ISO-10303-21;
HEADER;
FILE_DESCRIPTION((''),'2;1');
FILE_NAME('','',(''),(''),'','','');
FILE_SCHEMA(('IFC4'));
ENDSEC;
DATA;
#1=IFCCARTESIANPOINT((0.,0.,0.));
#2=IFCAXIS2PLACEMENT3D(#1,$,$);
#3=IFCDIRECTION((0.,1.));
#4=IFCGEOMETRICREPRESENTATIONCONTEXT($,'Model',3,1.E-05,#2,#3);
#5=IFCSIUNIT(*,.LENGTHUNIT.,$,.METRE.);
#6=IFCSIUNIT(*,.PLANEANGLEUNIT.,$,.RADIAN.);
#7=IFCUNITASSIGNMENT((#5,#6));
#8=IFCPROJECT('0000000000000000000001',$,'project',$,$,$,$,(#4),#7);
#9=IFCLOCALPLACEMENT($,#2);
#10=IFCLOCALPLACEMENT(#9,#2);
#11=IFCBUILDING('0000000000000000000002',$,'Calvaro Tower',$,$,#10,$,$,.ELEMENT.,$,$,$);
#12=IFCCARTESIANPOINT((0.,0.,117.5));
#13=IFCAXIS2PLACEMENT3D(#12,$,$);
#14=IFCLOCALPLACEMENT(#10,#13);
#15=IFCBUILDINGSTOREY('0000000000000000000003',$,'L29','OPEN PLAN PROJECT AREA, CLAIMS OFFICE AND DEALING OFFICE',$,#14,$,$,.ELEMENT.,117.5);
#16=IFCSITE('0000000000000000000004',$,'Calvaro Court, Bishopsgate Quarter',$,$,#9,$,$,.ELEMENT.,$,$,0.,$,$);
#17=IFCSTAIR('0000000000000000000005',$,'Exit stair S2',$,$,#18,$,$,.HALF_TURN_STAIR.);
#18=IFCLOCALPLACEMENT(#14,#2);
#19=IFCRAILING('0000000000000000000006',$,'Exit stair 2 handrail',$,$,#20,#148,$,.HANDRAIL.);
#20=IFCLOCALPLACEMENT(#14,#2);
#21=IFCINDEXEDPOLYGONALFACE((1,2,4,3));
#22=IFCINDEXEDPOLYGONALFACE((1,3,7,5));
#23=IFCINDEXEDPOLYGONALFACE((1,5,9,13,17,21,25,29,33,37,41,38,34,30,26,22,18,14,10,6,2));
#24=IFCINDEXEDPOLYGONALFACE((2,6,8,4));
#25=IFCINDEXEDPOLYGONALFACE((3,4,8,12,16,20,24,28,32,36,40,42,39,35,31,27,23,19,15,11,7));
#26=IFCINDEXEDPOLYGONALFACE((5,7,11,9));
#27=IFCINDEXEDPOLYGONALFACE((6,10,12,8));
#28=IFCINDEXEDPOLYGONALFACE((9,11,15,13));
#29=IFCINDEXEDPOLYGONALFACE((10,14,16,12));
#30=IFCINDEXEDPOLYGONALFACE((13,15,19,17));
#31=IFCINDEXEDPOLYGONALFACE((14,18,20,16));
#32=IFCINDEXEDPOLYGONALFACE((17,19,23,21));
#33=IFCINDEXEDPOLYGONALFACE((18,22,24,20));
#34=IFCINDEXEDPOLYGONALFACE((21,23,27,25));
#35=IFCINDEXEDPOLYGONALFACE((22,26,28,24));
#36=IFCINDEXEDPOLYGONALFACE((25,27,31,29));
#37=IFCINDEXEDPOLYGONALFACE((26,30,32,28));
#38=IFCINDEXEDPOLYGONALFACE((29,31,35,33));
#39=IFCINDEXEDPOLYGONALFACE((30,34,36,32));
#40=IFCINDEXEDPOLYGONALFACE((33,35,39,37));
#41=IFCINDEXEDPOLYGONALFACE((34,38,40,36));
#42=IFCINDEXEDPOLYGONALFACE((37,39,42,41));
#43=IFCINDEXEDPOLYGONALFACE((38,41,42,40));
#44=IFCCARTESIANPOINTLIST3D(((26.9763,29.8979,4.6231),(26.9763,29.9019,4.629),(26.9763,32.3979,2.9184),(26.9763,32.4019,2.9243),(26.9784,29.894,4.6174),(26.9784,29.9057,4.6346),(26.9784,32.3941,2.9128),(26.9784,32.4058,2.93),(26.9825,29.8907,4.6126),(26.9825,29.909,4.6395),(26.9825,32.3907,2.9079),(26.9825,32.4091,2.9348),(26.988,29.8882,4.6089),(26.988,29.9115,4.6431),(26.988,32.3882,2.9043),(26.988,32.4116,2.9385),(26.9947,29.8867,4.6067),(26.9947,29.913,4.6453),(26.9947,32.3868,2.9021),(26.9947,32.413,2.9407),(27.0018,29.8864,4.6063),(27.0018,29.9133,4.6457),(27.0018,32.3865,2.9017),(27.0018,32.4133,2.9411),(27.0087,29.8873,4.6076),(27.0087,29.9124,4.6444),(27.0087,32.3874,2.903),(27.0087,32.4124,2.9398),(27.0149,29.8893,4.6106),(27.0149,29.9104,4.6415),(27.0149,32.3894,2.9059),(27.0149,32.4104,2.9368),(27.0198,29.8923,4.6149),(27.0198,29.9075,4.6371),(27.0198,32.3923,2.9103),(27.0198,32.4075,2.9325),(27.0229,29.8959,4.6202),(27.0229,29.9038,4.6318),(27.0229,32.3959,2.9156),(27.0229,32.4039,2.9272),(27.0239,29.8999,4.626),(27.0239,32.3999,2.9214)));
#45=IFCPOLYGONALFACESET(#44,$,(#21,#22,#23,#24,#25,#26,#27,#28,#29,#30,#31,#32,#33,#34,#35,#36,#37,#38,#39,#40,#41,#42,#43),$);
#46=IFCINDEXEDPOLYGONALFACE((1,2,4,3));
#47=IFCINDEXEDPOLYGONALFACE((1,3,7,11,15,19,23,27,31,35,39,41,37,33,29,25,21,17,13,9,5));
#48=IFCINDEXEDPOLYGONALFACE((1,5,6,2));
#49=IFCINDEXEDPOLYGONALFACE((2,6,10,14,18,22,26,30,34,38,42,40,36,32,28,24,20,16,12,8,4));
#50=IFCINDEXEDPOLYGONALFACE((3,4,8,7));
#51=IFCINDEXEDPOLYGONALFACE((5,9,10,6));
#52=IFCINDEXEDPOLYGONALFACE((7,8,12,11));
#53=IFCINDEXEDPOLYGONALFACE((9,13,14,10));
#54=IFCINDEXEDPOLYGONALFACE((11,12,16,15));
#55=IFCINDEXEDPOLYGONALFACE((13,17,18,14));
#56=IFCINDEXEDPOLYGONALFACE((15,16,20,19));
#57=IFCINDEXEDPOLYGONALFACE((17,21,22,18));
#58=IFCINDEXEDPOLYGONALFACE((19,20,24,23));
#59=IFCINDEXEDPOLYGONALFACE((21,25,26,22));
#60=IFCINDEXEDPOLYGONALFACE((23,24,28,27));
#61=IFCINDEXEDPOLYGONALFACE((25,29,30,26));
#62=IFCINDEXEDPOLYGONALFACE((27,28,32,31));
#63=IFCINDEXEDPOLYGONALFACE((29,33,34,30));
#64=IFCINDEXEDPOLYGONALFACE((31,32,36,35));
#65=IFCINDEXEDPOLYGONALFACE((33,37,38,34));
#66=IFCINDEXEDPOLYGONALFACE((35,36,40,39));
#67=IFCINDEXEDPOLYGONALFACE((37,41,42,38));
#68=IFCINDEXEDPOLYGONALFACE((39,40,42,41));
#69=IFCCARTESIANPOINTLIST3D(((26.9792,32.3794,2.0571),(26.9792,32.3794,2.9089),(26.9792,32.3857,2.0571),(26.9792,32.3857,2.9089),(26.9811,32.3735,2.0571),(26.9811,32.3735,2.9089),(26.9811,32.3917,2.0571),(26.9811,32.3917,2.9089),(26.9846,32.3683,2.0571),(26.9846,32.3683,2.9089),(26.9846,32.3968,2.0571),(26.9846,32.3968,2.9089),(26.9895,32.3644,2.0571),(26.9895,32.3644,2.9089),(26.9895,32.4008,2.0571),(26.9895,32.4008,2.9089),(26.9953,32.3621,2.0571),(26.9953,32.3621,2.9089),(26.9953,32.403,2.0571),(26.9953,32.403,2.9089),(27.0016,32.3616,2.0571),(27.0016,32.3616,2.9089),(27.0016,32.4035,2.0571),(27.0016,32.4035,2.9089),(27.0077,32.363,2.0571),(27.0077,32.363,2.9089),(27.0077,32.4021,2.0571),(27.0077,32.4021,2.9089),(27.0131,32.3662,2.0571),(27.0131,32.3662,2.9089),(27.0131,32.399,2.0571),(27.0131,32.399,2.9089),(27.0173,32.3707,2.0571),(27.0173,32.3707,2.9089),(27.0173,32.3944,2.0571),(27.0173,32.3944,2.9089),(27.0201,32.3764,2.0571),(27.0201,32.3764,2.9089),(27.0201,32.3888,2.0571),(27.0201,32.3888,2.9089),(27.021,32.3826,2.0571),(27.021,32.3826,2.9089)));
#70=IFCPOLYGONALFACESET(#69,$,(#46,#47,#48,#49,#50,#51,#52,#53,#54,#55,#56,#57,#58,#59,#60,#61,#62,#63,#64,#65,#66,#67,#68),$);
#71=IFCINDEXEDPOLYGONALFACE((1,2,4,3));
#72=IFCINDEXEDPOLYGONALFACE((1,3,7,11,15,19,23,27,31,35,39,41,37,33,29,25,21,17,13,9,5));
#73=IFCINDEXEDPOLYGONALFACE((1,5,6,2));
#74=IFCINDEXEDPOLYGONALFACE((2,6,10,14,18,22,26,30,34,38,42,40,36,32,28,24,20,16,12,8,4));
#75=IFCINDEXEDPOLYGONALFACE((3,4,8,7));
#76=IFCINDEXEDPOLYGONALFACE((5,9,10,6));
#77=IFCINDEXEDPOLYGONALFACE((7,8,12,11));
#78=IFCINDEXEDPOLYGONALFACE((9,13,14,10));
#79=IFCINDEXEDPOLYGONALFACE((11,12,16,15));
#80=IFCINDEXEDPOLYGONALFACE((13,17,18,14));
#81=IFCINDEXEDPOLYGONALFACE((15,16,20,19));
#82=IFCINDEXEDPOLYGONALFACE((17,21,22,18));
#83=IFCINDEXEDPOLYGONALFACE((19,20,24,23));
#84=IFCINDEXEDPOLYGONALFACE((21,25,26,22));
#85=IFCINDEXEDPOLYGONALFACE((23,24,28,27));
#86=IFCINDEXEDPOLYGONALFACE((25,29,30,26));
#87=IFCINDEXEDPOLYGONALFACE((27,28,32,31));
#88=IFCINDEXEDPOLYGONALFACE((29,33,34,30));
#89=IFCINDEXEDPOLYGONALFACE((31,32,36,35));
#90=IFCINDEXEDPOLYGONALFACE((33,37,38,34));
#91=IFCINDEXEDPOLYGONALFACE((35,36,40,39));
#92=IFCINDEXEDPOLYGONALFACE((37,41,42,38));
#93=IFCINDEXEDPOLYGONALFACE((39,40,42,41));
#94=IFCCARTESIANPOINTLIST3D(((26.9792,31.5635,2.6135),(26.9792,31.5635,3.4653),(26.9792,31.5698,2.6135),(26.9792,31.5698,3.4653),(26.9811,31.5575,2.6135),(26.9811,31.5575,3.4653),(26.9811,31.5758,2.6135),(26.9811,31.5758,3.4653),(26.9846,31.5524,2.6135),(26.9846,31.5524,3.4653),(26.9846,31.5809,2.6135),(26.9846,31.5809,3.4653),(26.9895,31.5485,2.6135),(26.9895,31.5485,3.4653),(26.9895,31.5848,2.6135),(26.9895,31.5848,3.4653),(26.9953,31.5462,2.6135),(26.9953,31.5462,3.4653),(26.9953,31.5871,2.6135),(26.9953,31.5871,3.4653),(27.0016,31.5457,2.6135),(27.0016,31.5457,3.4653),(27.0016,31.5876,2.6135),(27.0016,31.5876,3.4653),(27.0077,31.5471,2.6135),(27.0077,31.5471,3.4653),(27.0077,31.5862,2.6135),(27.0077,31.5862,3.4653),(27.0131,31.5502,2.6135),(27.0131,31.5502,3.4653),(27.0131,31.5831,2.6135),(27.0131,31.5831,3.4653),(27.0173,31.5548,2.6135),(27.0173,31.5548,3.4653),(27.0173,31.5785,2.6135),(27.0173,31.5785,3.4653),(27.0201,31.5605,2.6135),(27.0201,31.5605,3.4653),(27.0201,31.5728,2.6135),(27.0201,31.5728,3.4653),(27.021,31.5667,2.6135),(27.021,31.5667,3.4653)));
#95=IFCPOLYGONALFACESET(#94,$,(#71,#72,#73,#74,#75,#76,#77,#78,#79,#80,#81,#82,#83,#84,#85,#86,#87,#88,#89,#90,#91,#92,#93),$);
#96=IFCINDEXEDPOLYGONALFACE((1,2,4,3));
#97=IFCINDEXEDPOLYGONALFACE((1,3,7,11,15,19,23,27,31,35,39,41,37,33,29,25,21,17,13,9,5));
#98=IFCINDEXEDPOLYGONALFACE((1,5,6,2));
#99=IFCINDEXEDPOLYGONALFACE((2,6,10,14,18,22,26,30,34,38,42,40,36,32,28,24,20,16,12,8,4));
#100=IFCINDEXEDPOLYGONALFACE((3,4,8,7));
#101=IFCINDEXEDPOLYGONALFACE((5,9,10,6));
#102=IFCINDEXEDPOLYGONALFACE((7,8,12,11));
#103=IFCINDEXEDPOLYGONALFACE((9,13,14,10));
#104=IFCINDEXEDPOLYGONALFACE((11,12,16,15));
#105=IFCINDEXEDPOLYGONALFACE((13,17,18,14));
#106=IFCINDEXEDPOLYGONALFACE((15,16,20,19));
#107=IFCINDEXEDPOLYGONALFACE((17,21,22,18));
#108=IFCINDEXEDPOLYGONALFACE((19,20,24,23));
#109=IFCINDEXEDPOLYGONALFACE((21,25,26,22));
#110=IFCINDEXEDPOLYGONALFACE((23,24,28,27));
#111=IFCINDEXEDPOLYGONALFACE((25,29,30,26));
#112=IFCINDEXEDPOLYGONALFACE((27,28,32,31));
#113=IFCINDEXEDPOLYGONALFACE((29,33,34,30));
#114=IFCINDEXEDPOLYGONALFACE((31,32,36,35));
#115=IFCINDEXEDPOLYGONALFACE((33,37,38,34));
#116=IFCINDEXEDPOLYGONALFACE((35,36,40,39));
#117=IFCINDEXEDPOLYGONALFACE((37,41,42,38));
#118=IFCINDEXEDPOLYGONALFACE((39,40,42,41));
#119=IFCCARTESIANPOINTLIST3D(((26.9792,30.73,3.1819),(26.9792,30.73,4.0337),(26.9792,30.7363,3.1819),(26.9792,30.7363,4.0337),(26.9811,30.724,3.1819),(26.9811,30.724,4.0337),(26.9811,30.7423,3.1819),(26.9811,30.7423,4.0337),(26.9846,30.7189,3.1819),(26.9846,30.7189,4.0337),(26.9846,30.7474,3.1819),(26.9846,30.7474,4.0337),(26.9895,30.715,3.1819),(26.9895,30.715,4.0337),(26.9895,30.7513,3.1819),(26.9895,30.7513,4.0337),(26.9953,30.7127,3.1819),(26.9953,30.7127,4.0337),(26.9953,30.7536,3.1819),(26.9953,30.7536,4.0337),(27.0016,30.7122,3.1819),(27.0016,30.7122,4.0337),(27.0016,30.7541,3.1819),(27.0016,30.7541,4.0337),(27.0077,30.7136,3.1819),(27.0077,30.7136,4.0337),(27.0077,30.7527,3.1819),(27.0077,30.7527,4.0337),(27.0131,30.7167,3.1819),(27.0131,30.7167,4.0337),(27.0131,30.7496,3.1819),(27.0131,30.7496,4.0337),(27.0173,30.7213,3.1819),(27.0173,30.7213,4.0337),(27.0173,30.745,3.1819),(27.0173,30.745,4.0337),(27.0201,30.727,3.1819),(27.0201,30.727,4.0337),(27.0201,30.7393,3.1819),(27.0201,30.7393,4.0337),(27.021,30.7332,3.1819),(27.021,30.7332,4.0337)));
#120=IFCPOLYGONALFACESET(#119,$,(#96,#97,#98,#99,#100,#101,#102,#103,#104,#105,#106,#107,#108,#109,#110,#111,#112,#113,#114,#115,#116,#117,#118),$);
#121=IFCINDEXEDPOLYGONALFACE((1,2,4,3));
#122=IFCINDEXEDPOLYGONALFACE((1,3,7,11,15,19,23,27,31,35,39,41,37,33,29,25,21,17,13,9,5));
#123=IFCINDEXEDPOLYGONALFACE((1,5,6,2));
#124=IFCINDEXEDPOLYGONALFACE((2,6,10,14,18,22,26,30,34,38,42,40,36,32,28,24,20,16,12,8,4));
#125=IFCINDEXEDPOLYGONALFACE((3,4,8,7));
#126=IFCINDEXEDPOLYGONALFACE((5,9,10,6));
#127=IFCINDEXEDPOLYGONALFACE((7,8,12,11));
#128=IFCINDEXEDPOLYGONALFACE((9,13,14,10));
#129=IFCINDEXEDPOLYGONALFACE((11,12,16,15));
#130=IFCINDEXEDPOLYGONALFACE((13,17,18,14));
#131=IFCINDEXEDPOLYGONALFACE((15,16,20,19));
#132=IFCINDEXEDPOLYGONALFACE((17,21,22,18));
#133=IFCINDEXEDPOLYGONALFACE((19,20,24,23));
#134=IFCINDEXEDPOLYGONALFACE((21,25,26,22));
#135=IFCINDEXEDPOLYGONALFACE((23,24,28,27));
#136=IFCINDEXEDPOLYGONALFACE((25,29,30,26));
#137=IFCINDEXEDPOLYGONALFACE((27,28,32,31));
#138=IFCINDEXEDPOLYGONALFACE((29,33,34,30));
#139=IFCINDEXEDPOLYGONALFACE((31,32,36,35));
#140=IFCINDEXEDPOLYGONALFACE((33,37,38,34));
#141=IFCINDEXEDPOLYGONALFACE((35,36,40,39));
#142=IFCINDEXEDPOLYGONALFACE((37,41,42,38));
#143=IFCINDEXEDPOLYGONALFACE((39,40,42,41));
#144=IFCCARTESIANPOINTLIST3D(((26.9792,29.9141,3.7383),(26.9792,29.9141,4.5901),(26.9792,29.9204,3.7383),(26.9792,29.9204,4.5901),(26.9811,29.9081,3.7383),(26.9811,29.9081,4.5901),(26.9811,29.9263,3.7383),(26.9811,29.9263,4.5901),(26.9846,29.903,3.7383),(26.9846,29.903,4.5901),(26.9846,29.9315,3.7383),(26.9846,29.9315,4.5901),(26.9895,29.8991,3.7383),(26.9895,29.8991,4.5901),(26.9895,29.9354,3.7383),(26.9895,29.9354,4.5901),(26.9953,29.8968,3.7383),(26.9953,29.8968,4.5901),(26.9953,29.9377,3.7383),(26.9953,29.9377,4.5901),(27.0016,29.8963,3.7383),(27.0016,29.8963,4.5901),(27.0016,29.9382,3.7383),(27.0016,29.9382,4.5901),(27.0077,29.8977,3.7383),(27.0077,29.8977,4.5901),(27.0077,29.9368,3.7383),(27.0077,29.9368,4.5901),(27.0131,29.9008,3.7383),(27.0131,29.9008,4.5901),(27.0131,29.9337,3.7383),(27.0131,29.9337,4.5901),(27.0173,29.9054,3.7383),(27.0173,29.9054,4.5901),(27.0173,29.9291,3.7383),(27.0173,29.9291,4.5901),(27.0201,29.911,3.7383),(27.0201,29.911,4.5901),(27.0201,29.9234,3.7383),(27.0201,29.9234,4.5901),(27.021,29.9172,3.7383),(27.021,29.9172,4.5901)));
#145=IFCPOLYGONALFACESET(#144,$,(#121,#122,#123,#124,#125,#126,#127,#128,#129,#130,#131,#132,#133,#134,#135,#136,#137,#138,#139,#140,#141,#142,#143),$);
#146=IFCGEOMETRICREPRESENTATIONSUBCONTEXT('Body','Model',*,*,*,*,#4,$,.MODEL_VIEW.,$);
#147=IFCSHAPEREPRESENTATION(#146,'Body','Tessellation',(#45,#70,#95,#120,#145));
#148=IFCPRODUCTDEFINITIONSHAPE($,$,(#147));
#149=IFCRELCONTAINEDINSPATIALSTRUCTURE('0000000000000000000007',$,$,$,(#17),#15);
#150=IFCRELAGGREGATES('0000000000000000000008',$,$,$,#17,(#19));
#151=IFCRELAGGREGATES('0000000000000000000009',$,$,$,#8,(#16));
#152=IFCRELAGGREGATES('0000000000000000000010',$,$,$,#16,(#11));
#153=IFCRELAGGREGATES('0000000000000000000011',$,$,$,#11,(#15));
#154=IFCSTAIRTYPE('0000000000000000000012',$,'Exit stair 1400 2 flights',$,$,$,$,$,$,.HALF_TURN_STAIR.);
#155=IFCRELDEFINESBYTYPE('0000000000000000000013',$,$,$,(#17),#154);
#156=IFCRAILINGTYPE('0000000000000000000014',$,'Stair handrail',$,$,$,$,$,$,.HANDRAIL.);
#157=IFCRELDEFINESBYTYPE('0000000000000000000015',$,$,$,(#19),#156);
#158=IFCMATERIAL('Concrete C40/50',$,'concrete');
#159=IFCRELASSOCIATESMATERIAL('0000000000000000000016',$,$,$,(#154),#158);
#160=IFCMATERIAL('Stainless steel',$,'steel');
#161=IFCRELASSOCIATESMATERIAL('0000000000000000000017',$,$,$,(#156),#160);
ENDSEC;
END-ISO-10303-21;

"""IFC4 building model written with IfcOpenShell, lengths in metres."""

from ifc_helpers import new_model, si_unit, direction, frame, origin, origin_2d, place, context, subcontext, project, spatial, circle, extrude, material, type_object, element, aggregate, save


model = new_model("IFC4")

# Units and contexts
model_context = context("Model", 3, precision=1e-05, world=origin(), true_north=direction((0.0, 1.0)))
body_context = subcontext(model_context, "Body", "Model", "MODEL_VIEW")
ifc_project = project(units=[si_unit("LENGTHUNIT", "METRE"), si_unit("PLANEANGLEUNIT", "RADIAN")], contexts=[model_context])

# Site, building, storey
site_placement = place(None, origin())
site = spatial("IfcSite", under=ifc_project, at=site_placement, Name="Calvaro Court, Bishopsgate Quarter", CompositionType="ELEMENT", RefElevation=0.0)
building_placement = place(site_placement, origin())
building = spatial("IfcBuilding", under=site, at=building_placement, Name="Calvaro Tower", CompositionType="ELEMENT")
storey_placement = place(building_placement, frame((0.0, 0.0, 117.5)))
storey = spatial("IfcBuildingStorey", under=building, at=storey_placement, Name="L29", Description="OPEN PLAN PROJECT AREA, CLAIMS OFFICE AND DEALING OFFICE", CompositionType="ELEMENT", Elevation=117.5)

# Stair, railing
ifc_material_1 = material(Name="Concrete C40/50", Category="concrete")
stair_type = type_object("IfcStairType", Name="Exit stair 1400 2 flights", PredefinedType="HALF_TURN_STAIR", material=ifc_material_1)
stair_placement = place(storey_placement, origin())
stair = element("IfcStair", 1, at=stair_placement, inside=storey, type_object=stair_type, Name="Exit stair S2", PredefinedType="HALF_TURN_STAIR")
ifc_material_2 = material(Name="Stainless steel", Category="steel")
railing_type = type_object("IfcRailingType", Name="Stair handrail", PredefinedType="HANDRAIL", material=ifc_material_2)
railing_1_placement = place(storey_placement, frame((27.0, 32.3999, 2.0454)))
railing_1 = element("IfcRailing", 2, at=railing_1_placement, type_object=railing_type, Name="Exit stair 2 handrail", PredefinedType="HANDRAIL", context=body_context, shape_type="SweptSolid", body=[
    extrude(circle(Radius=0.0239, at=origin_2d()), frame((0.0, 0.0, 0.876), z_axis=(0.0, -0.826221, 0.563347), x_axis=(1.0, 0.0, 0.0)), (0.0, 0.0, 1.0), 3.0259),
    extrude(circle(Radius=0.021, at=origin_2d()), frame((0.0, -0.0173, 0.0117)), (0.0, 0.0, 1.0), 0.8518),
    extrude(circle(Radius=0.021, at=origin_2d()), frame((0.0, -0.8333, 0.5681)), (0.0, 0.0, 1.0), 0.8518),
    extrude(circle(Radius=0.021, at=origin_2d()), frame((0.0, -1.6667, 1.1365)), (0.0, 0.0, 1.0), 0.8518),
    extrude(circle(Radius=0.021, at=origin_2d()), frame((0.0, -2.4827, 1.6929)), (0.0, 0.0, 1.0), 0.8518),
])
aggregate(stair, [railing_1])

save(model, "model.ifc")
